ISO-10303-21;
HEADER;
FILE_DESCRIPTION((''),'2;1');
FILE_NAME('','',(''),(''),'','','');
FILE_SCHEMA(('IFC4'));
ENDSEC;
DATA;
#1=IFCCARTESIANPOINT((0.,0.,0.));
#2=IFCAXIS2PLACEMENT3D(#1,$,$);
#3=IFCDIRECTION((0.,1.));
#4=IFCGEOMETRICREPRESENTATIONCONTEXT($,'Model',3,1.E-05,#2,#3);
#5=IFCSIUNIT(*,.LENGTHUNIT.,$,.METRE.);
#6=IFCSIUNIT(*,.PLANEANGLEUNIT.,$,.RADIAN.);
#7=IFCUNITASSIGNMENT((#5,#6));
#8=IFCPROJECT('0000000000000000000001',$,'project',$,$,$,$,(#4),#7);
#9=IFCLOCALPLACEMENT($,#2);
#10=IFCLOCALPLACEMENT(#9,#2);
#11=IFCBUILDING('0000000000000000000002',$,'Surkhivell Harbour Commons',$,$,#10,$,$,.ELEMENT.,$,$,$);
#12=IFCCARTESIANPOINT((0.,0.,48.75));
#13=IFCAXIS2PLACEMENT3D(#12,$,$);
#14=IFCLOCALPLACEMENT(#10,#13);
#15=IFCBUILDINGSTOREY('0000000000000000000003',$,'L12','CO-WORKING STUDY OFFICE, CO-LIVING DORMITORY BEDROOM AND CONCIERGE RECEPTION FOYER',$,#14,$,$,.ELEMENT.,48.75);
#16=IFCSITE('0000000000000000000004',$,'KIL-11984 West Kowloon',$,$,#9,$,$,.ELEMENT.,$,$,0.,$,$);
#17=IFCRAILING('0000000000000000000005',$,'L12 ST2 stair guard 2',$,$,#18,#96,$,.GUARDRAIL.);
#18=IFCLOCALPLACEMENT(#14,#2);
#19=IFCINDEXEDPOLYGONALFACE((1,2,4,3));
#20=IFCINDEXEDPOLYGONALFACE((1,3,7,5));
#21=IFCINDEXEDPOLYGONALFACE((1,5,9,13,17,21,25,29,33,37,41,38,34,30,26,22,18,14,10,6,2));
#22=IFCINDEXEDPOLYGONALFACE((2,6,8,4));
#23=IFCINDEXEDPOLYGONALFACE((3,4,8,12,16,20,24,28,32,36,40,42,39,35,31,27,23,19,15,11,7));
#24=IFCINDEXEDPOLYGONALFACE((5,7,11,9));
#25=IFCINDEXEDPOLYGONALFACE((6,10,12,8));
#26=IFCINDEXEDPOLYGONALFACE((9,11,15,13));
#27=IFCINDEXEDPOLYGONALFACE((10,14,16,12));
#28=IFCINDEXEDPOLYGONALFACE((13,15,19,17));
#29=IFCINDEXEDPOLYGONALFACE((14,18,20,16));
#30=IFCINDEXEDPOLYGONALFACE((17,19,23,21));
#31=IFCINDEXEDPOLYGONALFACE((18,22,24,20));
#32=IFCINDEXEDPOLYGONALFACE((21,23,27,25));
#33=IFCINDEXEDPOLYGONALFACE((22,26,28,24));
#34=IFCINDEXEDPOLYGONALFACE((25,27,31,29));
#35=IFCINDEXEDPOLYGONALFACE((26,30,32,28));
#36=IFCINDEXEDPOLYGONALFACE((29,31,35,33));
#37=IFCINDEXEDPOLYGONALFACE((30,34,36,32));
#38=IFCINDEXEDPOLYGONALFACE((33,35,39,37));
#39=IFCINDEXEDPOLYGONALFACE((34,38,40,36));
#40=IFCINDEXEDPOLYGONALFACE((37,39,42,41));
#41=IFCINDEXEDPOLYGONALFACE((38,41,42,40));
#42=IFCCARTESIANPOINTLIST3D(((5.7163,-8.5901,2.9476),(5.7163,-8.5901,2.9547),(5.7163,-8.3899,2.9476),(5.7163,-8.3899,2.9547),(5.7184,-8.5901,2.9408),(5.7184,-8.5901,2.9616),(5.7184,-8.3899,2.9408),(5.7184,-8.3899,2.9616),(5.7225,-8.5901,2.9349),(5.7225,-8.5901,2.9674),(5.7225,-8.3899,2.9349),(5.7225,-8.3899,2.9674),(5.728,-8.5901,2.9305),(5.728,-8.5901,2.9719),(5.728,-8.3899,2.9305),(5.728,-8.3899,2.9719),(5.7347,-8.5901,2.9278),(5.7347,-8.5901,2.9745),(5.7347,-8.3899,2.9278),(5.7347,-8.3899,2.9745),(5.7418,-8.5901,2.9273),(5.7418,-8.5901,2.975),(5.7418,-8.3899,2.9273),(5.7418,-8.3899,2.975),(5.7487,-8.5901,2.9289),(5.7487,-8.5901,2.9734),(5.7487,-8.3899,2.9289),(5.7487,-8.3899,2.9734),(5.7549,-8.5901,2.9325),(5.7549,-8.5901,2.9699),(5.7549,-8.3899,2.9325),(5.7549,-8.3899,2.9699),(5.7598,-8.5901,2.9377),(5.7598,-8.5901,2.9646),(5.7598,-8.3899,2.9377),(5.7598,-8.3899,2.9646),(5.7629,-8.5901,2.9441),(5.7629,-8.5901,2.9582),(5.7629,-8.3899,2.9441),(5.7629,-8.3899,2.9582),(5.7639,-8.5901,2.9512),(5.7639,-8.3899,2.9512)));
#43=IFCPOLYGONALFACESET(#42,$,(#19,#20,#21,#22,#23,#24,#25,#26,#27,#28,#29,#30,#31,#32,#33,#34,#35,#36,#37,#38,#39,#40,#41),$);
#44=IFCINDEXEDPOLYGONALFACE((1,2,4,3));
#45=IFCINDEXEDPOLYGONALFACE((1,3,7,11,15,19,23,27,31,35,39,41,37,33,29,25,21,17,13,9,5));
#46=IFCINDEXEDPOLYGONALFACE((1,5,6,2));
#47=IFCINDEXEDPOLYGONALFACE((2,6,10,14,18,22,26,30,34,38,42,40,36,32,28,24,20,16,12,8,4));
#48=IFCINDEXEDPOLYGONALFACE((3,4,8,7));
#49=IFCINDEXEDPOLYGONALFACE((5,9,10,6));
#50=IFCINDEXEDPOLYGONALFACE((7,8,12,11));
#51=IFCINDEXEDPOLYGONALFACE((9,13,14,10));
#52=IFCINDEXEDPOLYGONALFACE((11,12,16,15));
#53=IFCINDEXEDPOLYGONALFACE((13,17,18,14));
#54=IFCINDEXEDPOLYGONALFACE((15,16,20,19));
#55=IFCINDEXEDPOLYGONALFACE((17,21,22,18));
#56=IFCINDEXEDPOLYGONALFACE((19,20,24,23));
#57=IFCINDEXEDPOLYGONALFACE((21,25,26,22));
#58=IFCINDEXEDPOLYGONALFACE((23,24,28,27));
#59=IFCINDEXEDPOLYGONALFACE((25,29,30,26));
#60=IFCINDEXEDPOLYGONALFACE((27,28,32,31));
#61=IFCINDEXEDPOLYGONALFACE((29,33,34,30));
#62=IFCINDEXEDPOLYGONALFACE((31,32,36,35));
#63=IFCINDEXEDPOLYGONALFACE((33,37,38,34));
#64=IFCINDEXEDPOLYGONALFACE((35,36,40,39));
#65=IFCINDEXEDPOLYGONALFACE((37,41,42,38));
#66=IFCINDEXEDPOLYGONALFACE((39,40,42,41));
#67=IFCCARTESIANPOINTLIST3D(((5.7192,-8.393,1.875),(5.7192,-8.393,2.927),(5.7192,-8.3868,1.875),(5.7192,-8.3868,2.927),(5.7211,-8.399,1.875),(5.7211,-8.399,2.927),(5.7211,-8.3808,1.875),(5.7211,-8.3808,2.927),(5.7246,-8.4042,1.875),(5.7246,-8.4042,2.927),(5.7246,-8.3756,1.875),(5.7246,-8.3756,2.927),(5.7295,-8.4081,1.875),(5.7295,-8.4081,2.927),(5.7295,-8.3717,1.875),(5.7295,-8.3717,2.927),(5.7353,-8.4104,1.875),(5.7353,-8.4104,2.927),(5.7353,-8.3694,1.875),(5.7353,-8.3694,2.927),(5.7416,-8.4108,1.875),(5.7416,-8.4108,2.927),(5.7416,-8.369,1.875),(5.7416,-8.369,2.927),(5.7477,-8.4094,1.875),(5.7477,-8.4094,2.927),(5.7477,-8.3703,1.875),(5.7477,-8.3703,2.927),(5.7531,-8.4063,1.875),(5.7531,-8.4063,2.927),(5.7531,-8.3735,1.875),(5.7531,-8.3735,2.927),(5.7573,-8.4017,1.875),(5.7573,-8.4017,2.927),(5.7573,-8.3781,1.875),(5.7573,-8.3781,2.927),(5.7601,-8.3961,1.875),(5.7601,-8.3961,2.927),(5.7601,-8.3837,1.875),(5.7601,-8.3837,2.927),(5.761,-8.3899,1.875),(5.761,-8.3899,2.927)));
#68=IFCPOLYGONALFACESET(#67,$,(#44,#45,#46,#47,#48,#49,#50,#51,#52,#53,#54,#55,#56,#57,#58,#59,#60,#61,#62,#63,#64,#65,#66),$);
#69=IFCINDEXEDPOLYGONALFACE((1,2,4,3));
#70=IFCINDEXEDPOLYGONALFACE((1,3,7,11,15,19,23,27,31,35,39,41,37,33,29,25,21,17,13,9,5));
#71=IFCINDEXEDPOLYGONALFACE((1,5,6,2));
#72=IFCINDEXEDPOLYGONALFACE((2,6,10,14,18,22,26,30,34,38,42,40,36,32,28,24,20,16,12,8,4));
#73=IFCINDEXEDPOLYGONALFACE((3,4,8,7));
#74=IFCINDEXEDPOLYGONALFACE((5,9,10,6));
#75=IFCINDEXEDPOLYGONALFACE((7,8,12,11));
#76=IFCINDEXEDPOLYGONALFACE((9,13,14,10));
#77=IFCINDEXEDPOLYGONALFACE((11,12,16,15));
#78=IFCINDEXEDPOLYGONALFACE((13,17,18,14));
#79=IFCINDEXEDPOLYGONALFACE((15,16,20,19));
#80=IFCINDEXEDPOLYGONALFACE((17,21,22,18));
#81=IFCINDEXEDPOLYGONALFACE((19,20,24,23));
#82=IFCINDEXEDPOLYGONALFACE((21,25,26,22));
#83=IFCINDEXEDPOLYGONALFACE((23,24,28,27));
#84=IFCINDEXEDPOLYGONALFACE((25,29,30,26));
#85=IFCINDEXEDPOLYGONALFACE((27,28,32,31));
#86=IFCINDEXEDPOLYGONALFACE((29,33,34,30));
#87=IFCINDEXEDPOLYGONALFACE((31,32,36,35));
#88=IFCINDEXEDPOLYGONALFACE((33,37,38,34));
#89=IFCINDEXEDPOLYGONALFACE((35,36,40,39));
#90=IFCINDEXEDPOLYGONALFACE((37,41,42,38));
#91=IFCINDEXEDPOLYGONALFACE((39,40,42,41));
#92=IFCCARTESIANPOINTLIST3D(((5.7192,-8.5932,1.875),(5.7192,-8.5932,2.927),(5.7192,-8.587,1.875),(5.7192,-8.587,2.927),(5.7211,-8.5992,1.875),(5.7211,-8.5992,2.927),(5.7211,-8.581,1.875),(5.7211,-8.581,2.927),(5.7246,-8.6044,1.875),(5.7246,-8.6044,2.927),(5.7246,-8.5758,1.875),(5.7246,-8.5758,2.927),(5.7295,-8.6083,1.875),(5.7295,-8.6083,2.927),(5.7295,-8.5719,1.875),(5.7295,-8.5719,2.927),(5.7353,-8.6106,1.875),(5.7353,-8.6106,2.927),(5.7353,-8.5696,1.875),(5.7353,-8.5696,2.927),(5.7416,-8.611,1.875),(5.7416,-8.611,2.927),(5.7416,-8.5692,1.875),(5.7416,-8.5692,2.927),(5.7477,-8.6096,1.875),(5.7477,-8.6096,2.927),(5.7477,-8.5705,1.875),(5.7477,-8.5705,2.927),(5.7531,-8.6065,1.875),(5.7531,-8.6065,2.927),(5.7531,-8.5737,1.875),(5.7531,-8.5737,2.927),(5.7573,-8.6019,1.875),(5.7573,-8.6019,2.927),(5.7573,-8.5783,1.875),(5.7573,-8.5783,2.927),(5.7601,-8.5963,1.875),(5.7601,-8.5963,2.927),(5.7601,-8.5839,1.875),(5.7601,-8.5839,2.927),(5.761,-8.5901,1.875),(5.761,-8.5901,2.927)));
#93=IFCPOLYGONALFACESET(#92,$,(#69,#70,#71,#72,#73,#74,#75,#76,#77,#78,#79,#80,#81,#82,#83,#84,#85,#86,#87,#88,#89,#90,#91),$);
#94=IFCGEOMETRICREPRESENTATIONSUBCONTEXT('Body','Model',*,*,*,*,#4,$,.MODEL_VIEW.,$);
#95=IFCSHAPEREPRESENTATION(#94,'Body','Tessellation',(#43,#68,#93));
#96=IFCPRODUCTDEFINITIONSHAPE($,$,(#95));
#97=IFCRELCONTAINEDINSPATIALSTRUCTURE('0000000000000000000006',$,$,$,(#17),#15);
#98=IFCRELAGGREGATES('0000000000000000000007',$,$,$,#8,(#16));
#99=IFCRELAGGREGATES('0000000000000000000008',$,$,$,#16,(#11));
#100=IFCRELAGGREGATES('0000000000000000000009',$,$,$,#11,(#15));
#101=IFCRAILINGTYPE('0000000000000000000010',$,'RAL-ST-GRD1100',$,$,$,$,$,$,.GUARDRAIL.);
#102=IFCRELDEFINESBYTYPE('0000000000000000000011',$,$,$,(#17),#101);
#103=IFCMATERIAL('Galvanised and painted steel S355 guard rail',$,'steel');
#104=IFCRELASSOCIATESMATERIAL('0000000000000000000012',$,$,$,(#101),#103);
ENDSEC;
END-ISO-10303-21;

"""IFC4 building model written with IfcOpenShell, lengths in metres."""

from ifc_helpers import new_model, si_unit, direction, frame, origin, origin_2d, place, context, subcontext, project, spatial, circle, extrude, material, type_object, element, save


model = new_model("IFC4")

# Units and contexts
model_context = context("Model", 3, precision=1e-05, world=origin(), true_north=direction((0.0, 1.0)))
body_context = subcontext(model_context, "Body", "Model", "MODEL_VIEW")
ifc_project = project(units=[si_unit("LENGTHUNIT", "METRE"), si_unit("PLANEANGLEUNIT", "RADIAN")], contexts=[model_context])

# Site, building, storey
site_placement = place(None, origin())
site = spatial("IfcSite", under=ifc_project, at=site_placement, Name="KIL-11984 West Kowloon", CompositionType="ELEMENT", RefElevation=0.0)
building_placement = place(site_placement, origin())
building = spatial("IfcBuilding", under=site, at=building_placement, Name="Surkhivell Harbour Commons", CompositionType="ELEMENT")
storey_placement = place(building_placement, frame((0.0, 0.0, 48.75)))
storey = spatial("IfcBuildingStorey", under=building, at=storey_placement, Name="L12", Description="CO-WORKING STUDY OFFICE, CO-LIVING DORMITORY BEDROOM AND CONCIERGE RECEPTION FOYER", CompositionType="ELEMENT", Elevation=48.75)

# Railing
ifc_material_1 = material(Name="Galvanised and painted steel S355 guard rail", Category="steel")
railing_type_1 = type_object("IfcRailingType", Name="RAL-ST-GRD1100", PredefinedType="GUARDRAIL", material=ifc_material_1)
railing_1_placement = place(storey_placement, frame((5.74, -8.3899, 1.875)))
element("IfcRailing", 1, at=railing_1_placement, inside=storey, type_object=railing_type_1, Name="L12 ST2 stair guard 2", PredefinedType="GUARDRAIL", context=body_context, shape_type="SweptSolid", body=[
    extrude(circle(Radius=0.0239, at=origin_2d()), frame((0.0, 0.0, 1.0762), z_axis=(0.0, -1.0, 0.0), x_axis=(1.0, 0.0, 0.0)), (0.0, 0.0, 1.0), 0.2002),
    extrude(circle(Radius=0.021, at=origin_2d()), origin(), (0.0, 0.0, 1.0), 1.052),
    extrude(circle(Radius=0.021, at=origin_2d()), frame((0.0, -0.2002, 0.0)), (0.0, 0.0, 1.0), 1.052),
])

save(model, "model.ifc")
